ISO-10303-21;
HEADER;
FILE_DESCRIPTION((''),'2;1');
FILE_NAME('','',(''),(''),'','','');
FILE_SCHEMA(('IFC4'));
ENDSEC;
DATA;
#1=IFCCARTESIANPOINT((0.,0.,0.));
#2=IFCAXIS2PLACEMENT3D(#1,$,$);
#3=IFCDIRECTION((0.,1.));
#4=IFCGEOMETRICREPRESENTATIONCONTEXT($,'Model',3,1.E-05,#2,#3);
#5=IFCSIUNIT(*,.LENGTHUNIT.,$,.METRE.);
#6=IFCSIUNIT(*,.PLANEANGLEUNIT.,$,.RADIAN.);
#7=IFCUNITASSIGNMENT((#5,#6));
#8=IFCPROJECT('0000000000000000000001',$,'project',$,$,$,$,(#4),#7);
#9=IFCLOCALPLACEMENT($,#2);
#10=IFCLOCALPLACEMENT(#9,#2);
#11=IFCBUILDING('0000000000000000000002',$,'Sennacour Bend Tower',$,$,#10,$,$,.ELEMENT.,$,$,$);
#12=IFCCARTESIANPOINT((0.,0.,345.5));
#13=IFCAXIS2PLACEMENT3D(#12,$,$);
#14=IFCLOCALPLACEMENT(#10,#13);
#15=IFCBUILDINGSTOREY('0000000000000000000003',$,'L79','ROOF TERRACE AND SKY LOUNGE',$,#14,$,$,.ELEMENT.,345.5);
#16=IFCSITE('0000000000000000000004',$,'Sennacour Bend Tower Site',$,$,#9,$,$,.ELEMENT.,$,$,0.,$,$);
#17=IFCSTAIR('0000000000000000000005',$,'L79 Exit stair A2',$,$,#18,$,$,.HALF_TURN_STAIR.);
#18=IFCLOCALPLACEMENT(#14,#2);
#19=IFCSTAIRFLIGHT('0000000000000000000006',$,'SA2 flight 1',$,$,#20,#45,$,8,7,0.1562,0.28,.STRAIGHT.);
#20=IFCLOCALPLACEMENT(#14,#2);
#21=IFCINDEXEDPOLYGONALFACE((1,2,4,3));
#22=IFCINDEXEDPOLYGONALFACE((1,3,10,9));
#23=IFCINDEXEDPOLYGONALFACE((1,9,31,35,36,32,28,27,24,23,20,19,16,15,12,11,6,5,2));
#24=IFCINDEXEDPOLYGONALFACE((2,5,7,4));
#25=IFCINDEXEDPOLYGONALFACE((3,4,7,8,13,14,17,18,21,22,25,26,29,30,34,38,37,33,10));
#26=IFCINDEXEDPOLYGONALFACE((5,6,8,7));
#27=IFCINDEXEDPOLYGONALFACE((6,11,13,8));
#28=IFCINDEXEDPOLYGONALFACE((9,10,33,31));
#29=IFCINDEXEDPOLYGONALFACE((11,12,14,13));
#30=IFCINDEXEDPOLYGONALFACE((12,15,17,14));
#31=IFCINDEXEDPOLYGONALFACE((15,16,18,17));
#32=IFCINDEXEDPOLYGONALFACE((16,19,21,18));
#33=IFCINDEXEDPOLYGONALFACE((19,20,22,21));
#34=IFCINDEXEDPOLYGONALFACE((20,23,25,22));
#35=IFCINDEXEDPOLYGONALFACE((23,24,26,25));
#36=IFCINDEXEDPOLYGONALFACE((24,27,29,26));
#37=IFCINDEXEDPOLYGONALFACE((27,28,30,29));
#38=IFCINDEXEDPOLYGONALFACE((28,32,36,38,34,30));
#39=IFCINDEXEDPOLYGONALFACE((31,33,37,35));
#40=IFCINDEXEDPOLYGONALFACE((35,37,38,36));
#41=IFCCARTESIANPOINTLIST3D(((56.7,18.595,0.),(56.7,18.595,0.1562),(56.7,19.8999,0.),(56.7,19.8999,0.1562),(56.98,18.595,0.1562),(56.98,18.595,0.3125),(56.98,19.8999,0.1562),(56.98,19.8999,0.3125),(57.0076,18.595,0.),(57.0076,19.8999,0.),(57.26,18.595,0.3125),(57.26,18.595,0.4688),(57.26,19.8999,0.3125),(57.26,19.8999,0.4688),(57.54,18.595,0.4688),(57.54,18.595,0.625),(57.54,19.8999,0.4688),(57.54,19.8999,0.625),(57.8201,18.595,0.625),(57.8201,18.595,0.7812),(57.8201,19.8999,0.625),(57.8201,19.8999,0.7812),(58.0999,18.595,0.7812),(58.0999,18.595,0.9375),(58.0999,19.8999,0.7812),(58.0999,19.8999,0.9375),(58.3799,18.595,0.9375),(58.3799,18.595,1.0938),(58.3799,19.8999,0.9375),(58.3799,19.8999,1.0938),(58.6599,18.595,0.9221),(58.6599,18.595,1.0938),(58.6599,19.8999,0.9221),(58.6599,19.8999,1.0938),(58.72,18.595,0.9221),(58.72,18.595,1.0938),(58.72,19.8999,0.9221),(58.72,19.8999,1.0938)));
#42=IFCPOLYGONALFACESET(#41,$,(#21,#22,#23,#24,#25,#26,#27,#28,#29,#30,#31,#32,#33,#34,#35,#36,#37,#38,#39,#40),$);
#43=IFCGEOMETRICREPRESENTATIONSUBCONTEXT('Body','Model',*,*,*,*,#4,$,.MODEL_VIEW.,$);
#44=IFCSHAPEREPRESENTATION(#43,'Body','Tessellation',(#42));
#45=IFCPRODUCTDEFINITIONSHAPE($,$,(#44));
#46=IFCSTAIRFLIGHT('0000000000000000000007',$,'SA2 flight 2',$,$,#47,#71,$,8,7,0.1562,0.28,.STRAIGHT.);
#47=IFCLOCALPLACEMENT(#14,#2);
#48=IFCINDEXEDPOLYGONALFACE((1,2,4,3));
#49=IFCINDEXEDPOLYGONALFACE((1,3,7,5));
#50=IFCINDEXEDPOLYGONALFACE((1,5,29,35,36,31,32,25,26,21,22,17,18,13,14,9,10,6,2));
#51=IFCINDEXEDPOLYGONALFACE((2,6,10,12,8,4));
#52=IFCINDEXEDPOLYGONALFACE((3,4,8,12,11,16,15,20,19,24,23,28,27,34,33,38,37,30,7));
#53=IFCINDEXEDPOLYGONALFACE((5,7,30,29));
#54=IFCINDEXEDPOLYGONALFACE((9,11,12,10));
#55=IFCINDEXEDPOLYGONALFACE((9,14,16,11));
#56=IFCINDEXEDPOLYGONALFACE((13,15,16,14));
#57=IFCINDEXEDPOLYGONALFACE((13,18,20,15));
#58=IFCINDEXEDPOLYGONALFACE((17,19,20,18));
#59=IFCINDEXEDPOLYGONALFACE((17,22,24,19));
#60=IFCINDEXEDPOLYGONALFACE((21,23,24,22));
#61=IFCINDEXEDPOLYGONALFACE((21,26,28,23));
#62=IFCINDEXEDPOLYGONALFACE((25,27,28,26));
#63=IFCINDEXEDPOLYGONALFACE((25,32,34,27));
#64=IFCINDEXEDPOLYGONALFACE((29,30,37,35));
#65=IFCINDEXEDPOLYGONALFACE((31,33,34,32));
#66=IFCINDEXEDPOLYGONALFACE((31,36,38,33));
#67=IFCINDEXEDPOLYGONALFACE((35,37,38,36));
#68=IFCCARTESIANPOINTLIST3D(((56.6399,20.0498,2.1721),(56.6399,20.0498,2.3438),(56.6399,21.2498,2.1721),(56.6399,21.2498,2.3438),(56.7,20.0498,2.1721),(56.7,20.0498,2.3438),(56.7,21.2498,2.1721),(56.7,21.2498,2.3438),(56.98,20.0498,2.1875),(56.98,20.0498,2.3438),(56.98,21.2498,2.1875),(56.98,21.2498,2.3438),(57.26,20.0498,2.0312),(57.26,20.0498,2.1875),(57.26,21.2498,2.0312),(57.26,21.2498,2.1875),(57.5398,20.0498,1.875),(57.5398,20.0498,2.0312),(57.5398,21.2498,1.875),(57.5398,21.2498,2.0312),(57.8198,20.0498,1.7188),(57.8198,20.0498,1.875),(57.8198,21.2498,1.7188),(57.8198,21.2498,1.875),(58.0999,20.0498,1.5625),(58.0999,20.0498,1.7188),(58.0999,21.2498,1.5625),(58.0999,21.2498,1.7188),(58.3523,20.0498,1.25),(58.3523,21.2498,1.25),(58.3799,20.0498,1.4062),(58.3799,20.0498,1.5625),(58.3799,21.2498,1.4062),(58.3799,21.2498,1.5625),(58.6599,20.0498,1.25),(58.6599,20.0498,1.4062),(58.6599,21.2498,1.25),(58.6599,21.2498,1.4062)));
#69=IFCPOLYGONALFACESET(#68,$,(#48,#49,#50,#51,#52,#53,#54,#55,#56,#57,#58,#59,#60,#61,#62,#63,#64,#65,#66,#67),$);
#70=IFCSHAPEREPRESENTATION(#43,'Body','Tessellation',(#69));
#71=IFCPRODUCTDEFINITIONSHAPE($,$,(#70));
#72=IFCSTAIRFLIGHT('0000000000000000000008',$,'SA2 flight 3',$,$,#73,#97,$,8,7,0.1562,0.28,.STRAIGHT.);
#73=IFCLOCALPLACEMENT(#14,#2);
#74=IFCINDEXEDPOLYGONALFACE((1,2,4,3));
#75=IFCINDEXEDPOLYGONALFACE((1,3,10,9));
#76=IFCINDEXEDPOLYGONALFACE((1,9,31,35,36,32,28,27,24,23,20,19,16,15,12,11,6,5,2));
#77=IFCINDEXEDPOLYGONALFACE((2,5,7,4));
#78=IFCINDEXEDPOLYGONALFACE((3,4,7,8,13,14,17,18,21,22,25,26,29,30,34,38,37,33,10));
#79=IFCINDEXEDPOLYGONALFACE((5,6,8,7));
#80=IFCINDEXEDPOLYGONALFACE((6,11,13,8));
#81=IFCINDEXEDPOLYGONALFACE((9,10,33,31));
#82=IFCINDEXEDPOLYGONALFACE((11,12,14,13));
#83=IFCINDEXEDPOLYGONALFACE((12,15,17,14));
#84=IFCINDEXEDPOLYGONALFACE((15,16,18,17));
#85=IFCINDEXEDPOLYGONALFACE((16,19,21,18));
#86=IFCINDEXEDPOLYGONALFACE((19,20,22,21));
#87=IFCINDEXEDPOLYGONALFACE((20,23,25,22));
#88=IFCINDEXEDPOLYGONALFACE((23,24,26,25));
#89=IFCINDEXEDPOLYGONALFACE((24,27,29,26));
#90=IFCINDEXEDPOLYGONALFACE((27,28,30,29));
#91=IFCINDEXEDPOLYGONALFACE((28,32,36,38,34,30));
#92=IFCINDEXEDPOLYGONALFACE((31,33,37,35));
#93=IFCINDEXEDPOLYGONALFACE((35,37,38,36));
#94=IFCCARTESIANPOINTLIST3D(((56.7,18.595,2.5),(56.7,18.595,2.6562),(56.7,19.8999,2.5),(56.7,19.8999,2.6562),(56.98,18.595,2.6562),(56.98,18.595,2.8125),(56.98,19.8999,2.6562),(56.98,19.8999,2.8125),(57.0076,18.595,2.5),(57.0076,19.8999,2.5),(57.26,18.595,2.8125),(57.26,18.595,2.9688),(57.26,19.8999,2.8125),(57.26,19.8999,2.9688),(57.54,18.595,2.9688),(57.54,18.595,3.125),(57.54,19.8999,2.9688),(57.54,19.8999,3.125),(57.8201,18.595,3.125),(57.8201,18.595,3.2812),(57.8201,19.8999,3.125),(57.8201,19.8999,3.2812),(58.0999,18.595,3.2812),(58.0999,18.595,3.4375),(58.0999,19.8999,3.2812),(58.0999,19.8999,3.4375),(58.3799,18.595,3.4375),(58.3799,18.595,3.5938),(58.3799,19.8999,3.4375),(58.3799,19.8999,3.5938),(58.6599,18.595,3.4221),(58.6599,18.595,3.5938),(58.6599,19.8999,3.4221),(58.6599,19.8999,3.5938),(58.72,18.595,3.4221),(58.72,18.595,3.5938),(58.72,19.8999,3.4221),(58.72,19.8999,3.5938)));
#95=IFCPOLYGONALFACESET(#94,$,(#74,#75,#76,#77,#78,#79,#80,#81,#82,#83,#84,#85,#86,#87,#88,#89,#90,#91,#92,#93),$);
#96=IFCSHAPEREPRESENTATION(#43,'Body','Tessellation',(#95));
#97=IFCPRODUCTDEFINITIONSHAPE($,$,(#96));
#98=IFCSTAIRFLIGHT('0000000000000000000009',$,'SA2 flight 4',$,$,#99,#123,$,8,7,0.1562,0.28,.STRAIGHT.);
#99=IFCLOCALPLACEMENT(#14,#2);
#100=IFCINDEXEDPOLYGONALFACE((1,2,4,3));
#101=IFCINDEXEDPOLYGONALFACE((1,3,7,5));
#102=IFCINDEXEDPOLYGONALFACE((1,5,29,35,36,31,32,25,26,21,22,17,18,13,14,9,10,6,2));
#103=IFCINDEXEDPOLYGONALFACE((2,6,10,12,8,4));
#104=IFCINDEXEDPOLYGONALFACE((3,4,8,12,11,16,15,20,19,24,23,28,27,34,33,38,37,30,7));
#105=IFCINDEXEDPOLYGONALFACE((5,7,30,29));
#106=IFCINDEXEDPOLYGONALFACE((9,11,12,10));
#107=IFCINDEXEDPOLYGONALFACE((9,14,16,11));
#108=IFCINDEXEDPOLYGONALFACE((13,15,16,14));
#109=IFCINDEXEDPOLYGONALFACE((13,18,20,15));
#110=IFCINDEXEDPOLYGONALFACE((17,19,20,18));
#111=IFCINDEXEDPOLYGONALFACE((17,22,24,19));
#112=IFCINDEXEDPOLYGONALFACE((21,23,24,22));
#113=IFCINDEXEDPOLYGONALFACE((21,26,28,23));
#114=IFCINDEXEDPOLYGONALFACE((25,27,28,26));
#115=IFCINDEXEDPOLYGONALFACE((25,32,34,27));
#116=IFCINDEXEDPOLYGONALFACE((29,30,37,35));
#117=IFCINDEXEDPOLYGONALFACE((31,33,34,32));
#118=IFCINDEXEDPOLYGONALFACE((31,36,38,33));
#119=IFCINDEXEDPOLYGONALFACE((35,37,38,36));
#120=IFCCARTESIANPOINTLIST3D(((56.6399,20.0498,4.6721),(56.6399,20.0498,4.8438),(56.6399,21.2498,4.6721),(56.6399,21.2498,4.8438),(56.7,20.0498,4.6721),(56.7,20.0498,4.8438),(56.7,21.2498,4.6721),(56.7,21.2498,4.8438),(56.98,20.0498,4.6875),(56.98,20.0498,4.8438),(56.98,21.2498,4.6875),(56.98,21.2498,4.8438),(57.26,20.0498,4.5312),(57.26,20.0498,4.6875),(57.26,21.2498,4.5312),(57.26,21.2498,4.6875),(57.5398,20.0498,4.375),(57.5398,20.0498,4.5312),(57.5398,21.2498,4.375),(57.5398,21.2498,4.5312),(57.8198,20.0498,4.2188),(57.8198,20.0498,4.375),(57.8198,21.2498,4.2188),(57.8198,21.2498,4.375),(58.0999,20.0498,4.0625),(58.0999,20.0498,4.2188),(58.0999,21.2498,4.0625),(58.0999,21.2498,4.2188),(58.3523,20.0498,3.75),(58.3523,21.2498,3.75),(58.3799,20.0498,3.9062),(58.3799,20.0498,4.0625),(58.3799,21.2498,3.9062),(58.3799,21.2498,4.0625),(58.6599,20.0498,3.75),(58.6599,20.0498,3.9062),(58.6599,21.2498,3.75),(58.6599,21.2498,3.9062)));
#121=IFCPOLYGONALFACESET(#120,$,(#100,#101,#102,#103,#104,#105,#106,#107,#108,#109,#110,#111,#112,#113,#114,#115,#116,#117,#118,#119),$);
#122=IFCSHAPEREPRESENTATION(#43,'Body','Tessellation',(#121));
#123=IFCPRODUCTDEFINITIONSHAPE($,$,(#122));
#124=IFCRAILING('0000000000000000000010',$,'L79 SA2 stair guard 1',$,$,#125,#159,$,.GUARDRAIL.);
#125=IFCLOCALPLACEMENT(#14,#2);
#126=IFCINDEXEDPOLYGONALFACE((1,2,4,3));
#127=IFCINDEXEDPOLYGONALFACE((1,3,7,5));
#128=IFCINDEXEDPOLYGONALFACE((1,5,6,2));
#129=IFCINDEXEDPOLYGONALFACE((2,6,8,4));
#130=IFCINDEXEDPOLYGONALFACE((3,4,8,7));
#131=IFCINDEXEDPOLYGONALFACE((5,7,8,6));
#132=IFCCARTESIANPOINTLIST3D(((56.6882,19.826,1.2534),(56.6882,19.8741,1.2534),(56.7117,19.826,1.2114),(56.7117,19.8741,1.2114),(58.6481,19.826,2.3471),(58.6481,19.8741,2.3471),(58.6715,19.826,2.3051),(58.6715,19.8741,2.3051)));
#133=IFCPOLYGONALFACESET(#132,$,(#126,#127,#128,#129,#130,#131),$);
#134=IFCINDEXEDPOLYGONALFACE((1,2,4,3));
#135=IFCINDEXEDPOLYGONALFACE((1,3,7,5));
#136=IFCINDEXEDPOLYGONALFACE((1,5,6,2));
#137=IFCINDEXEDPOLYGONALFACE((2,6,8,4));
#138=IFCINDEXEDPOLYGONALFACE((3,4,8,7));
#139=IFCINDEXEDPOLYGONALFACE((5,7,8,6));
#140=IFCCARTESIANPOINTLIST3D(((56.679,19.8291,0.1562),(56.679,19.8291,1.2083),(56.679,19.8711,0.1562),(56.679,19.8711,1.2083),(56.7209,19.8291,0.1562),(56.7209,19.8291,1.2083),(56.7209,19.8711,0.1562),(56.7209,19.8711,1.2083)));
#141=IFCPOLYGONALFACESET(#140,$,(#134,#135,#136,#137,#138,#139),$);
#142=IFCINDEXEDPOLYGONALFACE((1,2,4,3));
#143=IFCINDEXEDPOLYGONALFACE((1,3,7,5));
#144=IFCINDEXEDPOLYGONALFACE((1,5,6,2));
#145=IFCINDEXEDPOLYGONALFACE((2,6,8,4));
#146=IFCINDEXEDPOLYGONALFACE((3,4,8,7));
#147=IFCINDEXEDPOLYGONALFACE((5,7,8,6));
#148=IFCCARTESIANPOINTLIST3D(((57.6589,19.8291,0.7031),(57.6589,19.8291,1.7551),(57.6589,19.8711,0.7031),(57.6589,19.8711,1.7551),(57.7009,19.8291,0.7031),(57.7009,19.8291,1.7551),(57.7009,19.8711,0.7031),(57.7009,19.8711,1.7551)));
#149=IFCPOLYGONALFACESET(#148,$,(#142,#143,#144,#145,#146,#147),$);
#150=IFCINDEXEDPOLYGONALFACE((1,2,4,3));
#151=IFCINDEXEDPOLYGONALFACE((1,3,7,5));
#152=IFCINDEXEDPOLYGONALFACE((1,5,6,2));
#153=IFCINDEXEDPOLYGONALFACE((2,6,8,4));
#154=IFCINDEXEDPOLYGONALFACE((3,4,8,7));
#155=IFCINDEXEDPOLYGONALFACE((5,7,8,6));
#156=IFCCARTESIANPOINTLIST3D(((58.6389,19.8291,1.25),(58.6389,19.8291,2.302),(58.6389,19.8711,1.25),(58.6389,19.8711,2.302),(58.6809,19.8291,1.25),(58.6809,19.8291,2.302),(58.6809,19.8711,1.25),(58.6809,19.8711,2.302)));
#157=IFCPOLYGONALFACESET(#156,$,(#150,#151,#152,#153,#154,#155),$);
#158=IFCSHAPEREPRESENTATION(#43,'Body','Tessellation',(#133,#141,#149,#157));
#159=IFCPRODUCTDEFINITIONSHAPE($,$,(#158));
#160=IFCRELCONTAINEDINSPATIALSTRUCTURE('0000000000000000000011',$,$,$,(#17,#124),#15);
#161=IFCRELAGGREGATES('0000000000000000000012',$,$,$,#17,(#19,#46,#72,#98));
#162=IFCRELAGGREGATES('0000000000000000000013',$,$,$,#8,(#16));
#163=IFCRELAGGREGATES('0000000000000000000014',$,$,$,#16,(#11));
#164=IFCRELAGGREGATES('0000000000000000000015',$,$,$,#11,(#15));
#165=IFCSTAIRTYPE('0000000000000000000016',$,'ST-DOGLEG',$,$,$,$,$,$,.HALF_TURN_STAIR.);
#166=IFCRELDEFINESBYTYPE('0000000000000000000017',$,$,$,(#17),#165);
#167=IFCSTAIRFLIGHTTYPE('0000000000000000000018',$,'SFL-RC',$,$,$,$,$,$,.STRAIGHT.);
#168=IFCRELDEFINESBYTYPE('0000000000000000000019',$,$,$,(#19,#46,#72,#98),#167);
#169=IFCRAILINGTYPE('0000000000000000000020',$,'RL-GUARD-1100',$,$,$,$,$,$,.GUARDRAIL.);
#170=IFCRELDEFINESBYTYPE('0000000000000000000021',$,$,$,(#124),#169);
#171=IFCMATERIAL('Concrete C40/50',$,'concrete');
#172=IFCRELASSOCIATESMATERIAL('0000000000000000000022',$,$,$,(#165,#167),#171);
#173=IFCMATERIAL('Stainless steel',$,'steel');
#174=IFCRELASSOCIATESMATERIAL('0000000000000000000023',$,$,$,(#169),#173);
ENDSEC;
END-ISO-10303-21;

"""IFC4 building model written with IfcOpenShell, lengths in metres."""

from ifc_helpers import new_model, si_unit, direction, frame, origin, origin_2d, place, context, subcontext, project, spatial, polyline, rectangle, outline, extrude, material, type_object, element, aggregate, save


model = new_model("IFC4")

# Units and contexts
model_context = context("Model", 3, precision=1e-05, world=origin(), true_north=direction((0.0, 1.0)))
body_context = subcontext(model_context, "Body", "Model", "MODEL_VIEW")
ifc_project = project(units=[si_unit("LENGTHUNIT", "METRE"), si_unit("PLANEANGLEUNIT", "RADIAN")], contexts=[model_context])

# Site, building, storey
site_placement = place(None, origin())
site = spatial("IfcSite", under=ifc_project, at=site_placement, Name="Sennacour Bend Tower Site", CompositionType="ELEMENT", RefElevation=0.0)
building_placement = place(site_placement, origin())
building = spatial("IfcBuilding", under=site, at=building_placement, Name="Sennacour Bend Tower", CompositionType="ELEMENT")
storey_placement = place(building_placement, frame((0.0, 0.0, 345.5)))
storey = spatial("IfcBuildingStorey", under=building, at=storey_placement, Name="L79", Description="ROOF TERRACE AND SKY LOUNGE", CompositionType="ELEMENT", Elevation=345.5)

# Shared definitions
ifc_material_1 = material(Name="Stainless steel", Category="steel")

# Stair, stair flights
ifc_material_2 = material(Name="Concrete C40/50", Category="concrete")
stair_type = type_object("IfcStairType", Name="ST-DOGLEG", PredefinedType="HALF_TURN_STAIR", material=ifc_material_2)
stair_placement = place(storey_placement, origin())
stair = element("IfcStair", 1, at=stair_placement, inside=storey, type_object=stair_type, Name="L79 Exit stair A2", PredefinedType="HALF_TURN_STAIR")
stair_flight_type = type_object("IfcStairFlightType", Name="SFL-RC", PredefinedType="STRAIGHT", material=ifc_material_2)
stair_flight_1_placement = place(storey_placement, frame((56.7, 19.2476, 0.0), z_axis=(0.0, 0.0, 1.0), x_axis=(1.0, 0.0, 0.0)))
stair_flight_1 = element("IfcStairFlight", 2, at=stair_flight_1_placement, type_object=stair_flight_type, Name="SA2 flight 1", NumberOfRisers=8, NumberOfTreads=7, PredefinedType="STRAIGHT", RiserHeight=0.1562, TreadLength=0.28, context=body_context, shape_type="SweptSolid", body=[
    extrude(outline(polyline([(0.0, 0.0), (0.0, 0.1562), (0.28, 0.1562), (0.28, 0.3125), (0.5601, 0.3125), (0.5601, 0.4688), (0.8401, 0.4688), (0.8401, 0.625), (1.1201, 0.625), (1.1201, 0.7812), (1.3999, 0.7812), (1.3999, 0.9375), (1.6799, 0.9375), (1.6799, 1.0938), (1.96, 1.0938), (2.02, 1.0938), (2.02, 0.9221), (1.96, 0.9221), (0.3076, 0.0), (0.0, 0.0)])), frame((0.0, 0.6523, 0.0), z_axis=(0.0, -1.0, 0.0), x_axis=(1.0, 0.0, 0.0)), (0.0, 0.0, 1.0), 1.3049),
])
stair_flight_2_placement = place(storey_placement, frame((58.6599, 20.6499, 1.25), z_axis=(0.0, 0.0, 1.0), x_axis=(-1.0, 0.0, 0.0)))
stair_flight_2 = element("IfcStairFlight", 3, at=stair_flight_2_placement, type_object=stair_flight_type, Name="SA2 flight 2", NumberOfRisers=8, NumberOfTreads=7, PredefinedType="STRAIGHT", RiserHeight=0.1562, TreadLength=0.28, context=body_context, shape_type="SweptSolid", body=[
    extrude(outline(polyline([(0.0, 0.0), (0.0, 0.1562), (0.28, 0.1562), (0.28, 0.3125), (0.5601, 0.3125), (0.5601, 0.4688), (0.8401, 0.4688), (0.8401, 0.625), (1.1201, 0.625), (1.1201, 0.7812), (1.3999, 0.7812), (1.3999, 0.9375), (1.6799, 0.9375), (1.6799, 1.0938), (1.96, 1.0938), (2.02, 1.0938), (2.02, 0.9221), (1.96, 0.9221), (0.3076, 0.0), (0.0, 0.0)])), frame((0.0, 0.6001, 0.0), z_axis=(0.0, -1.0, 0.0), x_axis=(1.0, 0.0, 0.0)), (0.0, 0.0, 1.0), 1.2),
])
stair_flight_3_placement = place(storey_placement, frame((56.7, 19.2476, 2.5), z_axis=(0.0, 0.0, 1.0), x_axis=(1.0, 0.0, 0.0)))
stair_flight_3 = element("IfcStairFlight", 4, at=stair_flight_3_placement, type_object=stair_flight_type, Name="SA2 flight 3", NumberOfRisers=8, NumberOfTreads=7, PredefinedType="STRAIGHT", RiserHeight=0.1562, TreadLength=0.28, context=body_context, shape_type="SweptSolid", body=[
    extrude(outline(polyline([(0.0, 0.0), (0.0, 0.1562), (0.28, 0.1562), (0.28, 0.3125), (0.5601, 0.3125), (0.5601, 0.4688), (0.8401, 0.4688), (0.8401, 0.625), (1.1201, 0.625), (1.1201, 0.7812), (1.3999, 0.7812), (1.3999, 0.9375), (1.6799, 0.9375), (1.6799, 1.0938), (1.96, 1.0938), (2.02, 1.0938), (2.02, 0.9221), (1.96, 0.9221), (0.3076, 0.0), (0.0, 0.0)])), frame((0.0, 0.6523, 0.0), z_axis=(0.0, -1.0, 0.0), x_axis=(1.0, 0.0, 0.0)), (0.0, 0.0, 1.0), 1.3049),
])
stair_flight_4_placement = place(storey_placement, frame((58.6599, 20.6499, 3.75), z_axis=(0.0, 0.0, 1.0), x_axis=(-1.0, 0.0, 0.0)))
stair_flight_4 = element("IfcStairFlight", 5, at=stair_flight_4_placement, type_object=stair_flight_type, Name="SA2 flight 4", NumberOfRisers=8, NumberOfTreads=7, PredefinedType="STRAIGHT", RiserHeight=0.1562, TreadLength=0.28, context=body_context, shape_type="SweptSolid", body=[
    extrude(outline(polyline([(0.0, 0.0), (0.0, 0.1562), (0.28, 0.1562), (0.28, 0.3125), (0.5601, 0.3125), (0.5601, 0.4688), (0.8401, 0.4688), (0.8401, 0.625), (1.1201, 0.625), (1.1201, 0.7812), (1.3999, 0.7812), (1.3999, 0.9375), (1.6799, 0.9375), (1.6799, 1.0938), (1.96, 1.0938), (2.02, 1.0938), (2.02, 0.9221), (1.96, 0.9221), (0.3076, 0.0), (0.0, 0.0)])), frame((0.0, 0.6001, 0.0), z_axis=(0.0, -1.0, 0.0), x_axis=(1.0, 0.0, 0.0)), (0.0, 0.0, 1.0), 1.2),
])
aggregate(stair, [stair_flight_1, stair_flight_2, stair_flight_3, stair_flight_4])

# Railing
railing_type_1 = type_object("IfcRailingType", Name="RL-GUARD-1100", PredefinedType="GUARDRAIL", material=ifc_material_1)
railing_1_placement = place(storey_placement, frame((56.7, 19.8501, 0.1562)))
element("IfcRailing", 6, at=railing_1_placement, inside=storey, type_object=railing_type_1, Name="L79 SA2 stair guard 1", PredefinedType="GUARDRAIL", context=body_context, shape_type="SweptSolid", body=[
    extrude(rectangle(XDim=0.0481, YDim=0.0481, at=origin_2d()), frame((0.0, 0.0, 1.0762), z_axis=(0.873232, 0.0, 0.487304), x_axis=(0.0, 1.0, 0.0)), (0.0, 0.0, 1.0), 2.2444),
    extrude(rectangle(XDim=0.042, YDim=0.042, at=origin_2d()), origin(), (0.0, 0.0, 1.0), 1.052),
    extrude(rectangle(XDim=0.042, YDim=0.042, at=origin_2d()), frame((0.98, 0.0, 0.5469)), (0.0, 0.0, 1.0), 1.052),
    extrude(rectangle(XDim=0.042, YDim=0.042, at=origin_2d()), frame((1.96, 0.0, 1.0938)), (0.0, 0.0, 1.0), 1.052),
])

save(model, "model.ifc")
